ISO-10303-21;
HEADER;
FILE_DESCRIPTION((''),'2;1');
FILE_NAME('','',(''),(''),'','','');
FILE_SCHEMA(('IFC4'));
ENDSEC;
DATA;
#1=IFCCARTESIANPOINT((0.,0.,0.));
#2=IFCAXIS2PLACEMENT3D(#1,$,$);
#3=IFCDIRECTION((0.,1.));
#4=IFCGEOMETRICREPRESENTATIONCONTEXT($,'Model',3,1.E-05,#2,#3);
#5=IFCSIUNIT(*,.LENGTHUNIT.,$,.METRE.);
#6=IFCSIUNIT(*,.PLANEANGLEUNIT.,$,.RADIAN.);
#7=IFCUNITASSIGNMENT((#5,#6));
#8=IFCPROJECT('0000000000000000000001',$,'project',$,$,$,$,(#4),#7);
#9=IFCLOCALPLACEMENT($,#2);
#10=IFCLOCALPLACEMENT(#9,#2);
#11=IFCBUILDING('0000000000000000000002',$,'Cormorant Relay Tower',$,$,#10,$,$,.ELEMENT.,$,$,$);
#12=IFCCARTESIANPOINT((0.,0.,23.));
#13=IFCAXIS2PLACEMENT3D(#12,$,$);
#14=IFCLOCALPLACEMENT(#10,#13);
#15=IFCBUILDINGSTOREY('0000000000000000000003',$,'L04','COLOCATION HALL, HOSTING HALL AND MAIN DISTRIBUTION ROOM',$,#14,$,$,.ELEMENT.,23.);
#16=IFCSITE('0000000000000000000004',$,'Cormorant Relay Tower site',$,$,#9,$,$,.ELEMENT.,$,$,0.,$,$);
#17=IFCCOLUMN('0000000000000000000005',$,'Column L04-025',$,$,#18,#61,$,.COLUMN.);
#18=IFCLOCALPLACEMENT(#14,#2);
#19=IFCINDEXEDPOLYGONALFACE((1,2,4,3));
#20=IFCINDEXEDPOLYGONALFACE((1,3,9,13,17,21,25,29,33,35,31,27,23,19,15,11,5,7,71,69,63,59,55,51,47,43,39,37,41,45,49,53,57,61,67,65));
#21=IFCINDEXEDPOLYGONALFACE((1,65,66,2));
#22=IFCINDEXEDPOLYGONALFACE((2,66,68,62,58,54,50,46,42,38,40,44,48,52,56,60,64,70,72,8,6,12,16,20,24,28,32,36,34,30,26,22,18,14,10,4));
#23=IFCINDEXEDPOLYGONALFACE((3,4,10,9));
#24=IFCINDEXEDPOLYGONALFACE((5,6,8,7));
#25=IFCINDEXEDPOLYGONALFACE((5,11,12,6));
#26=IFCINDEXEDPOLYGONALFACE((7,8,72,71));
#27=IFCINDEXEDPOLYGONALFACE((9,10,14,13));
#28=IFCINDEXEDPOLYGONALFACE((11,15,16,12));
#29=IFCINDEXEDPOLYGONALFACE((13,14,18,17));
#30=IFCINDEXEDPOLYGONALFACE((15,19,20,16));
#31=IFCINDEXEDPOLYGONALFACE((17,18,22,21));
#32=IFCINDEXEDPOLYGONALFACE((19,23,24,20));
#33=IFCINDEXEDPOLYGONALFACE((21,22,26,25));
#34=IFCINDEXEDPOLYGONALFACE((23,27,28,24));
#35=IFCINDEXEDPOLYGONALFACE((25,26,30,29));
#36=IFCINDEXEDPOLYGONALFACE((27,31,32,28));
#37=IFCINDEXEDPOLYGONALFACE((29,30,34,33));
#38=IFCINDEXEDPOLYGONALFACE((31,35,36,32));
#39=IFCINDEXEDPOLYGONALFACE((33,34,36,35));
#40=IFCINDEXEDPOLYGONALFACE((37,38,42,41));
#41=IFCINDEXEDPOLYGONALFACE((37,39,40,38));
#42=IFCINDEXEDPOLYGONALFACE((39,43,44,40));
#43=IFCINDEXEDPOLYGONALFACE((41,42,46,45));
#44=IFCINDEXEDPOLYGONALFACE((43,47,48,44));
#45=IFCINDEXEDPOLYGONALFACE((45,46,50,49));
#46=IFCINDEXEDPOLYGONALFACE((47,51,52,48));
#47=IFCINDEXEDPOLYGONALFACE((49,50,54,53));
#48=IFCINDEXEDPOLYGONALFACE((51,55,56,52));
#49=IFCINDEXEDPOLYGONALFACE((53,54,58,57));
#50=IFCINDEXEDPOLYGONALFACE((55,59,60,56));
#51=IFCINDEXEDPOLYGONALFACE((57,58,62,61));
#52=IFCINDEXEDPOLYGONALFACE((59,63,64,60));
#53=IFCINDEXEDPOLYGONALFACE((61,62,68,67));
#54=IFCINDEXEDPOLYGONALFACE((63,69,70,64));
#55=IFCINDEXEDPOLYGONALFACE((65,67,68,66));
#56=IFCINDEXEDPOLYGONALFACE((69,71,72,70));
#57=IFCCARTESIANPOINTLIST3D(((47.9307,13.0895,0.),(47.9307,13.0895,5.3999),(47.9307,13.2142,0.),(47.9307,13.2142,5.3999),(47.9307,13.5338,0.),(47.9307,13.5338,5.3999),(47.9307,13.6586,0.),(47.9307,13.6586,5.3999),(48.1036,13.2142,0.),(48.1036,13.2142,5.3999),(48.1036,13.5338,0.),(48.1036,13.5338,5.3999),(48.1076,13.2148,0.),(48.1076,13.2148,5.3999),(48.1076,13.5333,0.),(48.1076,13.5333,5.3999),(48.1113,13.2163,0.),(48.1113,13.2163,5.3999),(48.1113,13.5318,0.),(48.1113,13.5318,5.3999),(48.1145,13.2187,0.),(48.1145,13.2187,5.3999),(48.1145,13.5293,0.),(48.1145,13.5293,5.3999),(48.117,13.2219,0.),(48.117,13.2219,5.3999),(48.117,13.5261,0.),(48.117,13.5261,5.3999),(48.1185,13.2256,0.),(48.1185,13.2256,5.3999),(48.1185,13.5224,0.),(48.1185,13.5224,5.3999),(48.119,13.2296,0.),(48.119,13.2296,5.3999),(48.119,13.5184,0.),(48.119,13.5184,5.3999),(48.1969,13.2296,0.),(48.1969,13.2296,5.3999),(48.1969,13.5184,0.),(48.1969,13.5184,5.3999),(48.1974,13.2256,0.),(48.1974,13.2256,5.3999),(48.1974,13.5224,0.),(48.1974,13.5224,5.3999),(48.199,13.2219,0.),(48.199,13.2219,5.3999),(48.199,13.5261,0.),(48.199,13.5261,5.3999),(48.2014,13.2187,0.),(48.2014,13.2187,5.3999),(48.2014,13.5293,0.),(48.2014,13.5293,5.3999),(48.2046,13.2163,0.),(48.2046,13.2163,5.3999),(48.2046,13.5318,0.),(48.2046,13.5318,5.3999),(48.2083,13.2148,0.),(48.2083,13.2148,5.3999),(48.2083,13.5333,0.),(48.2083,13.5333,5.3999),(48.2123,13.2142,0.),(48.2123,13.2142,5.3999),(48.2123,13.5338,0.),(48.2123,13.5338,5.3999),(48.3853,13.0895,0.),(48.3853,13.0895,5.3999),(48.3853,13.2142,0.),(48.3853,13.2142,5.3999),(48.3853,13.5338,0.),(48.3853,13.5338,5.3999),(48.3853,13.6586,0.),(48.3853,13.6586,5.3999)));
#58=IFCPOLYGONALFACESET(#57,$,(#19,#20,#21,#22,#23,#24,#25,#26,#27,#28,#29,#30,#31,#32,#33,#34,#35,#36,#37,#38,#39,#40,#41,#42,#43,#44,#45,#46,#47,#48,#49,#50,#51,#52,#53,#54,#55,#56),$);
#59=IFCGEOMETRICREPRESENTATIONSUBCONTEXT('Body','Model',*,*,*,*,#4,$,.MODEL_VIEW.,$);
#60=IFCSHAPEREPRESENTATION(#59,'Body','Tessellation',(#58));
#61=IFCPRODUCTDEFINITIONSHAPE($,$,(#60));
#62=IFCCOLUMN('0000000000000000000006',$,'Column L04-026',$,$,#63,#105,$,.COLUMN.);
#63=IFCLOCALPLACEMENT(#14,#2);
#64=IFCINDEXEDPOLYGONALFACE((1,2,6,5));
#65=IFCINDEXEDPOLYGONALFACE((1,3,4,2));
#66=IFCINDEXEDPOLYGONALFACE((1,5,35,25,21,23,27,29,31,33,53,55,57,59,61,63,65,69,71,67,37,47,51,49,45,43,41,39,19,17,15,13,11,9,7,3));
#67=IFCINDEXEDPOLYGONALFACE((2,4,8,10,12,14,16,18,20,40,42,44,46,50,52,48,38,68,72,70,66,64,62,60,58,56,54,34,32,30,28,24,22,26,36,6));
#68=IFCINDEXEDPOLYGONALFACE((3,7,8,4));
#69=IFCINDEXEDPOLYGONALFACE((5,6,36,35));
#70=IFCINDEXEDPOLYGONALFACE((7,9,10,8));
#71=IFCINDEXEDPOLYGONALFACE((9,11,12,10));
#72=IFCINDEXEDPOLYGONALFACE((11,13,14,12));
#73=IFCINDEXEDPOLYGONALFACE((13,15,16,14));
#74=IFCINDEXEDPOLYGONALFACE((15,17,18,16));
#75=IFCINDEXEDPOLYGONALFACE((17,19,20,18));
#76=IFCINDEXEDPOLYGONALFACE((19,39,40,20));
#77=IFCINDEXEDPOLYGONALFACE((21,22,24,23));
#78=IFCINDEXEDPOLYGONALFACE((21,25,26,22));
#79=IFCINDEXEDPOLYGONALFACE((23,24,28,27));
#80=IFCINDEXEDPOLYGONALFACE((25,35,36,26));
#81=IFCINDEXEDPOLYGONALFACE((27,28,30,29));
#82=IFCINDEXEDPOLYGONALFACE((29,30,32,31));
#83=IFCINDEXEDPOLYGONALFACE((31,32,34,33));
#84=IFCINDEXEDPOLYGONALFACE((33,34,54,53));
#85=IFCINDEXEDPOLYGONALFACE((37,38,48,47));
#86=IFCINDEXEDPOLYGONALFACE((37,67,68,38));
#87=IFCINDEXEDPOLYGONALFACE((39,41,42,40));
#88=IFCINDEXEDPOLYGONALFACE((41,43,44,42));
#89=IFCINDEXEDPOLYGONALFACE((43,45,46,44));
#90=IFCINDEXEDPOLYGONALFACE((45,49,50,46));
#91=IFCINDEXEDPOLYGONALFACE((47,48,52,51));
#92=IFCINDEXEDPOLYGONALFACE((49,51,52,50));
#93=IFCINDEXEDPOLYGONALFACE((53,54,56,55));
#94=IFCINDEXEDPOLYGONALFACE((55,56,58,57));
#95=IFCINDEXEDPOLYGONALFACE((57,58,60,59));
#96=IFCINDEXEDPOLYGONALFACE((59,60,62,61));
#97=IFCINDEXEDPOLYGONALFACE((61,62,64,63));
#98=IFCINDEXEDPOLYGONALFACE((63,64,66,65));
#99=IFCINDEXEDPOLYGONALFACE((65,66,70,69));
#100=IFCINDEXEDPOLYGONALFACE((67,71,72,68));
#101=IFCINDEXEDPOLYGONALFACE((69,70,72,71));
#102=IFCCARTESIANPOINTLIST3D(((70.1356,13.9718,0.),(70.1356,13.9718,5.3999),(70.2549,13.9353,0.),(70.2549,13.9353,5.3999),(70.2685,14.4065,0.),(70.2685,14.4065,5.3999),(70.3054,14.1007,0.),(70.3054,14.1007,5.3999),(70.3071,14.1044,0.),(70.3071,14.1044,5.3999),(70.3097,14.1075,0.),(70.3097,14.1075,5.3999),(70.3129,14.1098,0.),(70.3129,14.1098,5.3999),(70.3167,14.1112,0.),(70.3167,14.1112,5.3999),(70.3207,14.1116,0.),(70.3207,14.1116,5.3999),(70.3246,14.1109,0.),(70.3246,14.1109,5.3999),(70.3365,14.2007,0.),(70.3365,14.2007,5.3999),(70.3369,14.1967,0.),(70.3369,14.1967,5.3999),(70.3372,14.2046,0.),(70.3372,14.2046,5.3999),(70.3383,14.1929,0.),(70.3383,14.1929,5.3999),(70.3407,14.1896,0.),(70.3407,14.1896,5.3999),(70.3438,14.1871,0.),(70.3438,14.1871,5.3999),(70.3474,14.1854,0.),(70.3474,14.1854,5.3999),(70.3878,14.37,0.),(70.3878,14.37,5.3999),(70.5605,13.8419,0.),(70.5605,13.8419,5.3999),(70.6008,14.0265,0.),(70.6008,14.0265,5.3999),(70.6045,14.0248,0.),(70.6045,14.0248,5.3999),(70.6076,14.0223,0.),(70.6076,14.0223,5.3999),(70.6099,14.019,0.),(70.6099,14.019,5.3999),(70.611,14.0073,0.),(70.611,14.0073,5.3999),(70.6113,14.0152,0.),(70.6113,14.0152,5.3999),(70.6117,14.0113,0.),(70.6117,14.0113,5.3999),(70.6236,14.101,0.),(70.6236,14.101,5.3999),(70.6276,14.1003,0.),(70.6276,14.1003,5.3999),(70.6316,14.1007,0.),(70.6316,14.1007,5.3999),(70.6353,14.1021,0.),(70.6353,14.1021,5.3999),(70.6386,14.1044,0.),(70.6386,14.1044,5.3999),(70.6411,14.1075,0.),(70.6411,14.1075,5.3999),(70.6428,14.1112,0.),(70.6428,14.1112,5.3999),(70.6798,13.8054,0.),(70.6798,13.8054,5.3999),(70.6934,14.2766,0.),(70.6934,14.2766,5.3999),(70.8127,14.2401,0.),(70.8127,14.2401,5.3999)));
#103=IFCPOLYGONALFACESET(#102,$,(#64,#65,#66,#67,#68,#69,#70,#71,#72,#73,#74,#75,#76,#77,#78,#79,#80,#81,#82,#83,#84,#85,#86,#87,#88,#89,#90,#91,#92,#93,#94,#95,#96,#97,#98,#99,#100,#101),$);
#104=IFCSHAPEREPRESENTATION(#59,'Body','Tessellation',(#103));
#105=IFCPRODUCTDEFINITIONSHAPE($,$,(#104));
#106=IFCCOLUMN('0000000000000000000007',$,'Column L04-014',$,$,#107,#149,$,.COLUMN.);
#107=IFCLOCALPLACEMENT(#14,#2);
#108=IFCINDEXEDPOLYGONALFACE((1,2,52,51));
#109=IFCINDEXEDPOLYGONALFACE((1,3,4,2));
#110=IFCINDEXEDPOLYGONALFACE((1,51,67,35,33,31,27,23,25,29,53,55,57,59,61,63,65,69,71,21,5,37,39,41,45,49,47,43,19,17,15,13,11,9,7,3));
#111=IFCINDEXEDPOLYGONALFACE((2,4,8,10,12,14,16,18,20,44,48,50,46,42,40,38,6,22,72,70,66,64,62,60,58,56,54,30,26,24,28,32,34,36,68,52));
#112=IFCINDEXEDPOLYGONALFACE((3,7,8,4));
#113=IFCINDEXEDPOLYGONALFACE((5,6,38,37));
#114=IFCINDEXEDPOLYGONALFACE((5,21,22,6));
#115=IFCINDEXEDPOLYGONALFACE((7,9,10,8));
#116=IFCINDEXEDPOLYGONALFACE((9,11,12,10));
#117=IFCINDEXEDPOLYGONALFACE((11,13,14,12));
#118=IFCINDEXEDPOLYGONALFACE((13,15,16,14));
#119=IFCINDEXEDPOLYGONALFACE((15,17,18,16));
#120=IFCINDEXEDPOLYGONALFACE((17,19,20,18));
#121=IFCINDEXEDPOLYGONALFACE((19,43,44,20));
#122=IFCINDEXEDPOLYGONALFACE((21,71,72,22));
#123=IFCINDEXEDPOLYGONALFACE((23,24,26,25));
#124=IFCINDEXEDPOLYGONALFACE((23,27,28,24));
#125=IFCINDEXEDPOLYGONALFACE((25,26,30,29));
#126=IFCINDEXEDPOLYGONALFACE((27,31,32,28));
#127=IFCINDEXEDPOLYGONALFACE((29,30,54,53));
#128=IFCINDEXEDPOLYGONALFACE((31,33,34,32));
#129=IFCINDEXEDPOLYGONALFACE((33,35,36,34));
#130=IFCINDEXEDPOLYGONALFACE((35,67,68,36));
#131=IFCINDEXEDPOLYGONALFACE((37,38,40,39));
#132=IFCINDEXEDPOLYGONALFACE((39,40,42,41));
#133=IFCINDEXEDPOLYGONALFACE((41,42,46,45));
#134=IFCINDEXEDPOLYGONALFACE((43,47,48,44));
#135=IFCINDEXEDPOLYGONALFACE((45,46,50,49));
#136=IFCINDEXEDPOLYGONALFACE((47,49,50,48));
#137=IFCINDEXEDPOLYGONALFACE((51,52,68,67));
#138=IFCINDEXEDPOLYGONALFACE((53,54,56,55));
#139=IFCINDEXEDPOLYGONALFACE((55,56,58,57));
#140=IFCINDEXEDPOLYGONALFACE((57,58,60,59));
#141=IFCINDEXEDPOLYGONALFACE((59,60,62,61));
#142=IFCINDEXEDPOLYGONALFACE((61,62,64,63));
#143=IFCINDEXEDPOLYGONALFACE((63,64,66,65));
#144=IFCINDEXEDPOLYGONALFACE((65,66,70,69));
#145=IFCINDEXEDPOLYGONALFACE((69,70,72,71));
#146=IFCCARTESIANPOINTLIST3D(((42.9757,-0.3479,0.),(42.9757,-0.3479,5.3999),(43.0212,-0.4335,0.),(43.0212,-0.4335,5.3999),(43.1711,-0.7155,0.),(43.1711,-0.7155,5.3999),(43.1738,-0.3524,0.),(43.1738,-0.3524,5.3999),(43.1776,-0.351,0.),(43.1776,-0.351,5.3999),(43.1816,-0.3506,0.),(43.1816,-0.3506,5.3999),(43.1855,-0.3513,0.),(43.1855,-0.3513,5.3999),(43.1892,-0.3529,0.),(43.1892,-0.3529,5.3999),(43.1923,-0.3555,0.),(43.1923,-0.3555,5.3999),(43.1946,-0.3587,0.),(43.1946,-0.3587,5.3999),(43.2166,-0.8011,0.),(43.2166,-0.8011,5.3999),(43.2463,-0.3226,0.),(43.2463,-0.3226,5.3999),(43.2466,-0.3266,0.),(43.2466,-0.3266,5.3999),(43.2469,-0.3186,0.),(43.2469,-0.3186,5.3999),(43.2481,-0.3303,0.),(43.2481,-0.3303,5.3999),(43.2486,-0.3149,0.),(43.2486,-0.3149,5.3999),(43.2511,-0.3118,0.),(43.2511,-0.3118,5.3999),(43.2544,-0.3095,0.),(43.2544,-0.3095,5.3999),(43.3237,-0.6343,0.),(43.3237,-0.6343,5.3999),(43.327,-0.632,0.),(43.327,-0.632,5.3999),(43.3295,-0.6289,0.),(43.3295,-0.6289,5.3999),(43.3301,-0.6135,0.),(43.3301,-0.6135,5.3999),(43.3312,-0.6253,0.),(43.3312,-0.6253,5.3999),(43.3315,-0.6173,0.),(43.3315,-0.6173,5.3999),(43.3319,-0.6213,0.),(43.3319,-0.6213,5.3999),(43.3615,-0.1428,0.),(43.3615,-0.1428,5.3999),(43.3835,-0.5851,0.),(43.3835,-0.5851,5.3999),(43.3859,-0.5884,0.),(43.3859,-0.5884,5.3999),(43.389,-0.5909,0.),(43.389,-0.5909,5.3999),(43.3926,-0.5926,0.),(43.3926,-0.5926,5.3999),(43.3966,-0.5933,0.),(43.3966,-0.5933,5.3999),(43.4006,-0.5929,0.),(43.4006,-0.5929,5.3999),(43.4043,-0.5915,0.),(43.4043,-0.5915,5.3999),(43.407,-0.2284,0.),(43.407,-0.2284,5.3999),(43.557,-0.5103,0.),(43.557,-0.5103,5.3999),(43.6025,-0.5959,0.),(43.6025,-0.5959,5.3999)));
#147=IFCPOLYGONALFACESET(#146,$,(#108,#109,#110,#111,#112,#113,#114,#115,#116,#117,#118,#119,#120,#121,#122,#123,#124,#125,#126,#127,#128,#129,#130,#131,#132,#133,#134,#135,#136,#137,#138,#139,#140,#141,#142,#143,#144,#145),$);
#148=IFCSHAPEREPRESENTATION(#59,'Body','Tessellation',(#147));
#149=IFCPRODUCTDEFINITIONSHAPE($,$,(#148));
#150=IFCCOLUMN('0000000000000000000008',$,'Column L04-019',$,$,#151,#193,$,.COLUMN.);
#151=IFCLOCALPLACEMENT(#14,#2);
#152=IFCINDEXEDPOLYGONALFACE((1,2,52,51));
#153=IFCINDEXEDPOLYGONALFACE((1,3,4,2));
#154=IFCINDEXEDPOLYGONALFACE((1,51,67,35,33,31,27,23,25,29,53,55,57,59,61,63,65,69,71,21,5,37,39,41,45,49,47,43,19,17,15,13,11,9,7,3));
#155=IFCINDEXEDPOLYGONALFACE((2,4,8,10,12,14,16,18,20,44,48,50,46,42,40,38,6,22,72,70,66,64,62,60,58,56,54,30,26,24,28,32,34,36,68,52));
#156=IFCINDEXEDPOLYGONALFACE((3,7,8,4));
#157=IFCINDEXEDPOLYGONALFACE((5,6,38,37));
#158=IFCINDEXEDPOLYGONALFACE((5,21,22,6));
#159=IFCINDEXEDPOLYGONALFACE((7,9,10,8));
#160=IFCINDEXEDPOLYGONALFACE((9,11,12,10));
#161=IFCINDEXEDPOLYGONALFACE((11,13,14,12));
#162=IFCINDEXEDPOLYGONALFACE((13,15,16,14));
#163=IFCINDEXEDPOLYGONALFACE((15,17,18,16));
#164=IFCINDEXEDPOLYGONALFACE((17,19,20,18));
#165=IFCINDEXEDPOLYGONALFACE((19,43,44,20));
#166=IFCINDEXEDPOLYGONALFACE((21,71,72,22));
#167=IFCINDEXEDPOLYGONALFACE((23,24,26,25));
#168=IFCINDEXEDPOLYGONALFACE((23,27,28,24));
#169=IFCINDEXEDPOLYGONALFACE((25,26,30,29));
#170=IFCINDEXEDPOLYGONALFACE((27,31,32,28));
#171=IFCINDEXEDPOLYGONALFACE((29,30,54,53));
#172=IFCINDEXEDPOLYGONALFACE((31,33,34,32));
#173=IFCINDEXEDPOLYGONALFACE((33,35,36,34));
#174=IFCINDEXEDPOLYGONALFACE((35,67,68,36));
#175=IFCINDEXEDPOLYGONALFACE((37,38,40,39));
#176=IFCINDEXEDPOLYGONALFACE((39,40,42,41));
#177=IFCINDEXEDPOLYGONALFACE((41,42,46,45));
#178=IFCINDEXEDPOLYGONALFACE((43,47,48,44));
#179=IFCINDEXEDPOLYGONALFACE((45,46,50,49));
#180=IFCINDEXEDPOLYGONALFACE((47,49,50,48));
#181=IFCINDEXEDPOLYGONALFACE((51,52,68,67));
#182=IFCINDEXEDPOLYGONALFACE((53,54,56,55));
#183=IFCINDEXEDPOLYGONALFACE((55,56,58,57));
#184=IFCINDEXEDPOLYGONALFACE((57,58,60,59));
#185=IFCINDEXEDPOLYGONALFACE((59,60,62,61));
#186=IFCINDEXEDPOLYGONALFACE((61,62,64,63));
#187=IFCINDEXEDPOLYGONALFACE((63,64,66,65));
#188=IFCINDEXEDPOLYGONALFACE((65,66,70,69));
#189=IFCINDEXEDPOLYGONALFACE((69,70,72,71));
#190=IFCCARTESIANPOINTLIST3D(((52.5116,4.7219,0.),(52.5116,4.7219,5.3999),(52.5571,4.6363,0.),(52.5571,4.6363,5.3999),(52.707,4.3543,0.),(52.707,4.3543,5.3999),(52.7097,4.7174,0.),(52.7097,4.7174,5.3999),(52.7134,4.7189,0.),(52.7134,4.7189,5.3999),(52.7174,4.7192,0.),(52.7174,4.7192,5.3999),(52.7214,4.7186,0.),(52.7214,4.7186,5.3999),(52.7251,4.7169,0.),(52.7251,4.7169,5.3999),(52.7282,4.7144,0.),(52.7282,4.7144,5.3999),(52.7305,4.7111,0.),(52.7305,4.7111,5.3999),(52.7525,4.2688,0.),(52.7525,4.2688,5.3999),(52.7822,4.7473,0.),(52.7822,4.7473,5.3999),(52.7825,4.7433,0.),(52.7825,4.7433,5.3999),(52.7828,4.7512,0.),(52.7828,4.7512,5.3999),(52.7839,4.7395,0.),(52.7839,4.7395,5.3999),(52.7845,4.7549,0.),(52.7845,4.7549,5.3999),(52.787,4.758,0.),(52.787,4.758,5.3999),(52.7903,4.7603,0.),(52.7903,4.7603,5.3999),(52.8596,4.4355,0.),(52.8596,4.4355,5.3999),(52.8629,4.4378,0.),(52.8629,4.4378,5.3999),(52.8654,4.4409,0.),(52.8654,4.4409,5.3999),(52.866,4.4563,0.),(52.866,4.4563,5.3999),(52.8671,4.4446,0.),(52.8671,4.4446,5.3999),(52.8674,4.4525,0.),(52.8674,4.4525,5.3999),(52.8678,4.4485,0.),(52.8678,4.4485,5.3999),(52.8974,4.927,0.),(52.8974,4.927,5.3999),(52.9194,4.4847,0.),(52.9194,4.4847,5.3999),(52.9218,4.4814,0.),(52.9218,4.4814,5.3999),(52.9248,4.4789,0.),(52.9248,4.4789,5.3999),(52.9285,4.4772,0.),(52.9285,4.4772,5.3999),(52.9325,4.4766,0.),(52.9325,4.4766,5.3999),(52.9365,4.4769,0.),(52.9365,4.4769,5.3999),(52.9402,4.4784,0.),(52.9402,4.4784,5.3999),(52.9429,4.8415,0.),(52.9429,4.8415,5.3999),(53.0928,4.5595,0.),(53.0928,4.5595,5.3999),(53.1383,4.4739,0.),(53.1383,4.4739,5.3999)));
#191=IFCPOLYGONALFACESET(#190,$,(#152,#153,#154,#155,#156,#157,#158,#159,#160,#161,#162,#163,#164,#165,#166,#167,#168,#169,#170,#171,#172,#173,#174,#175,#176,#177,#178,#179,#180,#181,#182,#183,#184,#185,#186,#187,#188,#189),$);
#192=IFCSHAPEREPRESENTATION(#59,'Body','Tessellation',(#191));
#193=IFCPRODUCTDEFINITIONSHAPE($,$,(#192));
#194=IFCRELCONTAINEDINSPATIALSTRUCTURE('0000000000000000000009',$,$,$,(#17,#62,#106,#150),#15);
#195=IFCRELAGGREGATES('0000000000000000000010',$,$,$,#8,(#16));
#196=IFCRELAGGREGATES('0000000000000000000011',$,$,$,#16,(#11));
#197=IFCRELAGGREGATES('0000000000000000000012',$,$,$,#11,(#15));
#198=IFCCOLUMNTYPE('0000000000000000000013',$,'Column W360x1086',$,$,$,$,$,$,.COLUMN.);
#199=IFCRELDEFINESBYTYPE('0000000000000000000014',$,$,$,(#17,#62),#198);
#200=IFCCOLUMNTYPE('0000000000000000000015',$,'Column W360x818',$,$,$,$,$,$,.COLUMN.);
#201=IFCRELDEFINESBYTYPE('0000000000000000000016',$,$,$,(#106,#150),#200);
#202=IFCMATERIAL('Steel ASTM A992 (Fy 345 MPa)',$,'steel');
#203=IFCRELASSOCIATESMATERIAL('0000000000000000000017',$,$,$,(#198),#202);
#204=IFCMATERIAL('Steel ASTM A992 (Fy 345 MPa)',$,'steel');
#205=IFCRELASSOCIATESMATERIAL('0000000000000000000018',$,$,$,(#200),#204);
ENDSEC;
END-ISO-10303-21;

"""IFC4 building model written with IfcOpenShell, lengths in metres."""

from ifc_helpers import new_model, si_unit, direction, frame, origin, origin_2d, place, context, subcontext, project, spatial, i_section, extrude, material, material_profile, profile_set, type_object, element, save


model = new_model("IFC4")

# Units and contexts
model_context = context("Model", 3, precision=1e-05, world=origin(), true_north=direction((0.0, 1.0)))
body_context = subcontext(model_context, "Body", "Model", "MODEL_VIEW")
ifc_project = project(units=[si_unit("LENGTHUNIT", "METRE"), si_unit("PLANEANGLEUNIT", "RADIAN")], contexts=[model_context])

# Site, building, storey
site_placement = place(None, origin())
site = spatial("IfcSite", under=ifc_project, at=site_placement, Name="Cormorant Relay Tower site", CompositionType="ELEMENT", RefElevation=0.0)
building_placement = place(site_placement, origin())
building = spatial("IfcBuilding", under=site, at=building_placement, Name="Cormorant Relay Tower", CompositionType="ELEMENT")
storey_placement = place(building_placement, frame((0.0, 0.0, 23.0)))
storey = spatial("IfcBuildingStorey", under=building, at=storey_placement, Name="L04", Description="COLOCATION HALL, HOSTING HALL AND MAIN DISTRIBUTION ROOM", CompositionType="ELEMENT", Elevation=23.0)

# Columns
ifc_material_1 = material(Name="Steel ASTM A992 (Fy 345 MPa)", Category="steel")
ifc_material_profile_1 = material_profile(ifc_material_1, i_section(OverallWidth=0.4546, OverallDepth=0.5691, WebThickness=0.0779, FlangeThickness=0.1248, FilletRadius=0.0154, at=origin_2d()), Name="W360x1086")
ifc_profile_set_1 = profile_set([ifc_material_profile_1], Name="Steel ASTM A992 (Fy 345 MPa)")
column_type_1 = type_object("IfcColumnType", Name="Column W360x1086", PredefinedType="COLUMN", material=ifc_profile_set_1)
for number, where, z_axis, x_axis, name in (
    (1, (48.158, 13.374, 0.0), (0.0, 0.0, 1.0), (1.0, 0.0, 0.0), "Column L04-025"),
    (2, (70.4741, 14.106, 0.0), (0.0, 0.0, 1.0), (0.292372, 0.956305, 0.0), "Column L04-026"),
):
    element("IfcColumn", number, at=place(storey_placement, frame(where, z_axis=z_axis, x_axis=x_axis)), inside=storey, type_object=column_type_1, Name=name, PredefinedType="COLUMN", context=body_context, shape_type="SweptSolid", body=[
        extrude(i_section(OverallWidth=0.4546, OverallDepth=0.5691, WebThickness=0.0779, FlangeThickness=0.1248, FilletRadius=0.0154, at=origin_2d()), origin(), (0.0, 0.0, 1.0), 5.3999),
    ])
ifc_material_2 = material(Name="Steel ASTM A992 (Fy 345 MPa)", Category="steel")
ifc_material_profile_2 = material_profile(ifc_material_2, i_section(OverallWidth=0.437, OverallDepth=0.5132, WebThickness=0.0605, FlangeThickness=0.0969, FilletRadius=0.0154, at=origin_2d()), Name="W360x818")
ifc_profile_set_2 = profile_set([ifc_material_profile_2], Name="Steel ASTM A992 (Fy 345 MPa)")
column_type_2 = type_object("IfcColumnType", Name="Column W360x818", PredefinedType="COLUMN", material=ifc_profile_set_2)
for number, where, z_axis, x_axis, name in (
    (3, (43.2891, -0.4719, 0.0), (0.0, 0.0, 1.0), (0.882948, 0.469472, 0.0), "Column L04-014"),
    (4, (52.825, 4.5979, 0.0), (0.0, 0.0, 1.0), (0.882948, 0.469472, 0.0), "Column L04-019"),
):
    element("IfcColumn", number, at=place(storey_placement, frame(where, z_axis=z_axis, x_axis=x_axis)), inside=storey, type_object=column_type_2, Name=name, PredefinedType="COLUMN", context=body_context, shape_type="SweptSolid", body=[
        extrude(i_section(OverallWidth=0.437, OverallDepth=0.5132, WebThickness=0.0605, FlangeThickness=0.0969, FilletRadius=0.0154, at=origin_2d()), origin(), (0.0, 0.0, 1.0), 5.3999),
    ])

save(model, "model.ifc")
